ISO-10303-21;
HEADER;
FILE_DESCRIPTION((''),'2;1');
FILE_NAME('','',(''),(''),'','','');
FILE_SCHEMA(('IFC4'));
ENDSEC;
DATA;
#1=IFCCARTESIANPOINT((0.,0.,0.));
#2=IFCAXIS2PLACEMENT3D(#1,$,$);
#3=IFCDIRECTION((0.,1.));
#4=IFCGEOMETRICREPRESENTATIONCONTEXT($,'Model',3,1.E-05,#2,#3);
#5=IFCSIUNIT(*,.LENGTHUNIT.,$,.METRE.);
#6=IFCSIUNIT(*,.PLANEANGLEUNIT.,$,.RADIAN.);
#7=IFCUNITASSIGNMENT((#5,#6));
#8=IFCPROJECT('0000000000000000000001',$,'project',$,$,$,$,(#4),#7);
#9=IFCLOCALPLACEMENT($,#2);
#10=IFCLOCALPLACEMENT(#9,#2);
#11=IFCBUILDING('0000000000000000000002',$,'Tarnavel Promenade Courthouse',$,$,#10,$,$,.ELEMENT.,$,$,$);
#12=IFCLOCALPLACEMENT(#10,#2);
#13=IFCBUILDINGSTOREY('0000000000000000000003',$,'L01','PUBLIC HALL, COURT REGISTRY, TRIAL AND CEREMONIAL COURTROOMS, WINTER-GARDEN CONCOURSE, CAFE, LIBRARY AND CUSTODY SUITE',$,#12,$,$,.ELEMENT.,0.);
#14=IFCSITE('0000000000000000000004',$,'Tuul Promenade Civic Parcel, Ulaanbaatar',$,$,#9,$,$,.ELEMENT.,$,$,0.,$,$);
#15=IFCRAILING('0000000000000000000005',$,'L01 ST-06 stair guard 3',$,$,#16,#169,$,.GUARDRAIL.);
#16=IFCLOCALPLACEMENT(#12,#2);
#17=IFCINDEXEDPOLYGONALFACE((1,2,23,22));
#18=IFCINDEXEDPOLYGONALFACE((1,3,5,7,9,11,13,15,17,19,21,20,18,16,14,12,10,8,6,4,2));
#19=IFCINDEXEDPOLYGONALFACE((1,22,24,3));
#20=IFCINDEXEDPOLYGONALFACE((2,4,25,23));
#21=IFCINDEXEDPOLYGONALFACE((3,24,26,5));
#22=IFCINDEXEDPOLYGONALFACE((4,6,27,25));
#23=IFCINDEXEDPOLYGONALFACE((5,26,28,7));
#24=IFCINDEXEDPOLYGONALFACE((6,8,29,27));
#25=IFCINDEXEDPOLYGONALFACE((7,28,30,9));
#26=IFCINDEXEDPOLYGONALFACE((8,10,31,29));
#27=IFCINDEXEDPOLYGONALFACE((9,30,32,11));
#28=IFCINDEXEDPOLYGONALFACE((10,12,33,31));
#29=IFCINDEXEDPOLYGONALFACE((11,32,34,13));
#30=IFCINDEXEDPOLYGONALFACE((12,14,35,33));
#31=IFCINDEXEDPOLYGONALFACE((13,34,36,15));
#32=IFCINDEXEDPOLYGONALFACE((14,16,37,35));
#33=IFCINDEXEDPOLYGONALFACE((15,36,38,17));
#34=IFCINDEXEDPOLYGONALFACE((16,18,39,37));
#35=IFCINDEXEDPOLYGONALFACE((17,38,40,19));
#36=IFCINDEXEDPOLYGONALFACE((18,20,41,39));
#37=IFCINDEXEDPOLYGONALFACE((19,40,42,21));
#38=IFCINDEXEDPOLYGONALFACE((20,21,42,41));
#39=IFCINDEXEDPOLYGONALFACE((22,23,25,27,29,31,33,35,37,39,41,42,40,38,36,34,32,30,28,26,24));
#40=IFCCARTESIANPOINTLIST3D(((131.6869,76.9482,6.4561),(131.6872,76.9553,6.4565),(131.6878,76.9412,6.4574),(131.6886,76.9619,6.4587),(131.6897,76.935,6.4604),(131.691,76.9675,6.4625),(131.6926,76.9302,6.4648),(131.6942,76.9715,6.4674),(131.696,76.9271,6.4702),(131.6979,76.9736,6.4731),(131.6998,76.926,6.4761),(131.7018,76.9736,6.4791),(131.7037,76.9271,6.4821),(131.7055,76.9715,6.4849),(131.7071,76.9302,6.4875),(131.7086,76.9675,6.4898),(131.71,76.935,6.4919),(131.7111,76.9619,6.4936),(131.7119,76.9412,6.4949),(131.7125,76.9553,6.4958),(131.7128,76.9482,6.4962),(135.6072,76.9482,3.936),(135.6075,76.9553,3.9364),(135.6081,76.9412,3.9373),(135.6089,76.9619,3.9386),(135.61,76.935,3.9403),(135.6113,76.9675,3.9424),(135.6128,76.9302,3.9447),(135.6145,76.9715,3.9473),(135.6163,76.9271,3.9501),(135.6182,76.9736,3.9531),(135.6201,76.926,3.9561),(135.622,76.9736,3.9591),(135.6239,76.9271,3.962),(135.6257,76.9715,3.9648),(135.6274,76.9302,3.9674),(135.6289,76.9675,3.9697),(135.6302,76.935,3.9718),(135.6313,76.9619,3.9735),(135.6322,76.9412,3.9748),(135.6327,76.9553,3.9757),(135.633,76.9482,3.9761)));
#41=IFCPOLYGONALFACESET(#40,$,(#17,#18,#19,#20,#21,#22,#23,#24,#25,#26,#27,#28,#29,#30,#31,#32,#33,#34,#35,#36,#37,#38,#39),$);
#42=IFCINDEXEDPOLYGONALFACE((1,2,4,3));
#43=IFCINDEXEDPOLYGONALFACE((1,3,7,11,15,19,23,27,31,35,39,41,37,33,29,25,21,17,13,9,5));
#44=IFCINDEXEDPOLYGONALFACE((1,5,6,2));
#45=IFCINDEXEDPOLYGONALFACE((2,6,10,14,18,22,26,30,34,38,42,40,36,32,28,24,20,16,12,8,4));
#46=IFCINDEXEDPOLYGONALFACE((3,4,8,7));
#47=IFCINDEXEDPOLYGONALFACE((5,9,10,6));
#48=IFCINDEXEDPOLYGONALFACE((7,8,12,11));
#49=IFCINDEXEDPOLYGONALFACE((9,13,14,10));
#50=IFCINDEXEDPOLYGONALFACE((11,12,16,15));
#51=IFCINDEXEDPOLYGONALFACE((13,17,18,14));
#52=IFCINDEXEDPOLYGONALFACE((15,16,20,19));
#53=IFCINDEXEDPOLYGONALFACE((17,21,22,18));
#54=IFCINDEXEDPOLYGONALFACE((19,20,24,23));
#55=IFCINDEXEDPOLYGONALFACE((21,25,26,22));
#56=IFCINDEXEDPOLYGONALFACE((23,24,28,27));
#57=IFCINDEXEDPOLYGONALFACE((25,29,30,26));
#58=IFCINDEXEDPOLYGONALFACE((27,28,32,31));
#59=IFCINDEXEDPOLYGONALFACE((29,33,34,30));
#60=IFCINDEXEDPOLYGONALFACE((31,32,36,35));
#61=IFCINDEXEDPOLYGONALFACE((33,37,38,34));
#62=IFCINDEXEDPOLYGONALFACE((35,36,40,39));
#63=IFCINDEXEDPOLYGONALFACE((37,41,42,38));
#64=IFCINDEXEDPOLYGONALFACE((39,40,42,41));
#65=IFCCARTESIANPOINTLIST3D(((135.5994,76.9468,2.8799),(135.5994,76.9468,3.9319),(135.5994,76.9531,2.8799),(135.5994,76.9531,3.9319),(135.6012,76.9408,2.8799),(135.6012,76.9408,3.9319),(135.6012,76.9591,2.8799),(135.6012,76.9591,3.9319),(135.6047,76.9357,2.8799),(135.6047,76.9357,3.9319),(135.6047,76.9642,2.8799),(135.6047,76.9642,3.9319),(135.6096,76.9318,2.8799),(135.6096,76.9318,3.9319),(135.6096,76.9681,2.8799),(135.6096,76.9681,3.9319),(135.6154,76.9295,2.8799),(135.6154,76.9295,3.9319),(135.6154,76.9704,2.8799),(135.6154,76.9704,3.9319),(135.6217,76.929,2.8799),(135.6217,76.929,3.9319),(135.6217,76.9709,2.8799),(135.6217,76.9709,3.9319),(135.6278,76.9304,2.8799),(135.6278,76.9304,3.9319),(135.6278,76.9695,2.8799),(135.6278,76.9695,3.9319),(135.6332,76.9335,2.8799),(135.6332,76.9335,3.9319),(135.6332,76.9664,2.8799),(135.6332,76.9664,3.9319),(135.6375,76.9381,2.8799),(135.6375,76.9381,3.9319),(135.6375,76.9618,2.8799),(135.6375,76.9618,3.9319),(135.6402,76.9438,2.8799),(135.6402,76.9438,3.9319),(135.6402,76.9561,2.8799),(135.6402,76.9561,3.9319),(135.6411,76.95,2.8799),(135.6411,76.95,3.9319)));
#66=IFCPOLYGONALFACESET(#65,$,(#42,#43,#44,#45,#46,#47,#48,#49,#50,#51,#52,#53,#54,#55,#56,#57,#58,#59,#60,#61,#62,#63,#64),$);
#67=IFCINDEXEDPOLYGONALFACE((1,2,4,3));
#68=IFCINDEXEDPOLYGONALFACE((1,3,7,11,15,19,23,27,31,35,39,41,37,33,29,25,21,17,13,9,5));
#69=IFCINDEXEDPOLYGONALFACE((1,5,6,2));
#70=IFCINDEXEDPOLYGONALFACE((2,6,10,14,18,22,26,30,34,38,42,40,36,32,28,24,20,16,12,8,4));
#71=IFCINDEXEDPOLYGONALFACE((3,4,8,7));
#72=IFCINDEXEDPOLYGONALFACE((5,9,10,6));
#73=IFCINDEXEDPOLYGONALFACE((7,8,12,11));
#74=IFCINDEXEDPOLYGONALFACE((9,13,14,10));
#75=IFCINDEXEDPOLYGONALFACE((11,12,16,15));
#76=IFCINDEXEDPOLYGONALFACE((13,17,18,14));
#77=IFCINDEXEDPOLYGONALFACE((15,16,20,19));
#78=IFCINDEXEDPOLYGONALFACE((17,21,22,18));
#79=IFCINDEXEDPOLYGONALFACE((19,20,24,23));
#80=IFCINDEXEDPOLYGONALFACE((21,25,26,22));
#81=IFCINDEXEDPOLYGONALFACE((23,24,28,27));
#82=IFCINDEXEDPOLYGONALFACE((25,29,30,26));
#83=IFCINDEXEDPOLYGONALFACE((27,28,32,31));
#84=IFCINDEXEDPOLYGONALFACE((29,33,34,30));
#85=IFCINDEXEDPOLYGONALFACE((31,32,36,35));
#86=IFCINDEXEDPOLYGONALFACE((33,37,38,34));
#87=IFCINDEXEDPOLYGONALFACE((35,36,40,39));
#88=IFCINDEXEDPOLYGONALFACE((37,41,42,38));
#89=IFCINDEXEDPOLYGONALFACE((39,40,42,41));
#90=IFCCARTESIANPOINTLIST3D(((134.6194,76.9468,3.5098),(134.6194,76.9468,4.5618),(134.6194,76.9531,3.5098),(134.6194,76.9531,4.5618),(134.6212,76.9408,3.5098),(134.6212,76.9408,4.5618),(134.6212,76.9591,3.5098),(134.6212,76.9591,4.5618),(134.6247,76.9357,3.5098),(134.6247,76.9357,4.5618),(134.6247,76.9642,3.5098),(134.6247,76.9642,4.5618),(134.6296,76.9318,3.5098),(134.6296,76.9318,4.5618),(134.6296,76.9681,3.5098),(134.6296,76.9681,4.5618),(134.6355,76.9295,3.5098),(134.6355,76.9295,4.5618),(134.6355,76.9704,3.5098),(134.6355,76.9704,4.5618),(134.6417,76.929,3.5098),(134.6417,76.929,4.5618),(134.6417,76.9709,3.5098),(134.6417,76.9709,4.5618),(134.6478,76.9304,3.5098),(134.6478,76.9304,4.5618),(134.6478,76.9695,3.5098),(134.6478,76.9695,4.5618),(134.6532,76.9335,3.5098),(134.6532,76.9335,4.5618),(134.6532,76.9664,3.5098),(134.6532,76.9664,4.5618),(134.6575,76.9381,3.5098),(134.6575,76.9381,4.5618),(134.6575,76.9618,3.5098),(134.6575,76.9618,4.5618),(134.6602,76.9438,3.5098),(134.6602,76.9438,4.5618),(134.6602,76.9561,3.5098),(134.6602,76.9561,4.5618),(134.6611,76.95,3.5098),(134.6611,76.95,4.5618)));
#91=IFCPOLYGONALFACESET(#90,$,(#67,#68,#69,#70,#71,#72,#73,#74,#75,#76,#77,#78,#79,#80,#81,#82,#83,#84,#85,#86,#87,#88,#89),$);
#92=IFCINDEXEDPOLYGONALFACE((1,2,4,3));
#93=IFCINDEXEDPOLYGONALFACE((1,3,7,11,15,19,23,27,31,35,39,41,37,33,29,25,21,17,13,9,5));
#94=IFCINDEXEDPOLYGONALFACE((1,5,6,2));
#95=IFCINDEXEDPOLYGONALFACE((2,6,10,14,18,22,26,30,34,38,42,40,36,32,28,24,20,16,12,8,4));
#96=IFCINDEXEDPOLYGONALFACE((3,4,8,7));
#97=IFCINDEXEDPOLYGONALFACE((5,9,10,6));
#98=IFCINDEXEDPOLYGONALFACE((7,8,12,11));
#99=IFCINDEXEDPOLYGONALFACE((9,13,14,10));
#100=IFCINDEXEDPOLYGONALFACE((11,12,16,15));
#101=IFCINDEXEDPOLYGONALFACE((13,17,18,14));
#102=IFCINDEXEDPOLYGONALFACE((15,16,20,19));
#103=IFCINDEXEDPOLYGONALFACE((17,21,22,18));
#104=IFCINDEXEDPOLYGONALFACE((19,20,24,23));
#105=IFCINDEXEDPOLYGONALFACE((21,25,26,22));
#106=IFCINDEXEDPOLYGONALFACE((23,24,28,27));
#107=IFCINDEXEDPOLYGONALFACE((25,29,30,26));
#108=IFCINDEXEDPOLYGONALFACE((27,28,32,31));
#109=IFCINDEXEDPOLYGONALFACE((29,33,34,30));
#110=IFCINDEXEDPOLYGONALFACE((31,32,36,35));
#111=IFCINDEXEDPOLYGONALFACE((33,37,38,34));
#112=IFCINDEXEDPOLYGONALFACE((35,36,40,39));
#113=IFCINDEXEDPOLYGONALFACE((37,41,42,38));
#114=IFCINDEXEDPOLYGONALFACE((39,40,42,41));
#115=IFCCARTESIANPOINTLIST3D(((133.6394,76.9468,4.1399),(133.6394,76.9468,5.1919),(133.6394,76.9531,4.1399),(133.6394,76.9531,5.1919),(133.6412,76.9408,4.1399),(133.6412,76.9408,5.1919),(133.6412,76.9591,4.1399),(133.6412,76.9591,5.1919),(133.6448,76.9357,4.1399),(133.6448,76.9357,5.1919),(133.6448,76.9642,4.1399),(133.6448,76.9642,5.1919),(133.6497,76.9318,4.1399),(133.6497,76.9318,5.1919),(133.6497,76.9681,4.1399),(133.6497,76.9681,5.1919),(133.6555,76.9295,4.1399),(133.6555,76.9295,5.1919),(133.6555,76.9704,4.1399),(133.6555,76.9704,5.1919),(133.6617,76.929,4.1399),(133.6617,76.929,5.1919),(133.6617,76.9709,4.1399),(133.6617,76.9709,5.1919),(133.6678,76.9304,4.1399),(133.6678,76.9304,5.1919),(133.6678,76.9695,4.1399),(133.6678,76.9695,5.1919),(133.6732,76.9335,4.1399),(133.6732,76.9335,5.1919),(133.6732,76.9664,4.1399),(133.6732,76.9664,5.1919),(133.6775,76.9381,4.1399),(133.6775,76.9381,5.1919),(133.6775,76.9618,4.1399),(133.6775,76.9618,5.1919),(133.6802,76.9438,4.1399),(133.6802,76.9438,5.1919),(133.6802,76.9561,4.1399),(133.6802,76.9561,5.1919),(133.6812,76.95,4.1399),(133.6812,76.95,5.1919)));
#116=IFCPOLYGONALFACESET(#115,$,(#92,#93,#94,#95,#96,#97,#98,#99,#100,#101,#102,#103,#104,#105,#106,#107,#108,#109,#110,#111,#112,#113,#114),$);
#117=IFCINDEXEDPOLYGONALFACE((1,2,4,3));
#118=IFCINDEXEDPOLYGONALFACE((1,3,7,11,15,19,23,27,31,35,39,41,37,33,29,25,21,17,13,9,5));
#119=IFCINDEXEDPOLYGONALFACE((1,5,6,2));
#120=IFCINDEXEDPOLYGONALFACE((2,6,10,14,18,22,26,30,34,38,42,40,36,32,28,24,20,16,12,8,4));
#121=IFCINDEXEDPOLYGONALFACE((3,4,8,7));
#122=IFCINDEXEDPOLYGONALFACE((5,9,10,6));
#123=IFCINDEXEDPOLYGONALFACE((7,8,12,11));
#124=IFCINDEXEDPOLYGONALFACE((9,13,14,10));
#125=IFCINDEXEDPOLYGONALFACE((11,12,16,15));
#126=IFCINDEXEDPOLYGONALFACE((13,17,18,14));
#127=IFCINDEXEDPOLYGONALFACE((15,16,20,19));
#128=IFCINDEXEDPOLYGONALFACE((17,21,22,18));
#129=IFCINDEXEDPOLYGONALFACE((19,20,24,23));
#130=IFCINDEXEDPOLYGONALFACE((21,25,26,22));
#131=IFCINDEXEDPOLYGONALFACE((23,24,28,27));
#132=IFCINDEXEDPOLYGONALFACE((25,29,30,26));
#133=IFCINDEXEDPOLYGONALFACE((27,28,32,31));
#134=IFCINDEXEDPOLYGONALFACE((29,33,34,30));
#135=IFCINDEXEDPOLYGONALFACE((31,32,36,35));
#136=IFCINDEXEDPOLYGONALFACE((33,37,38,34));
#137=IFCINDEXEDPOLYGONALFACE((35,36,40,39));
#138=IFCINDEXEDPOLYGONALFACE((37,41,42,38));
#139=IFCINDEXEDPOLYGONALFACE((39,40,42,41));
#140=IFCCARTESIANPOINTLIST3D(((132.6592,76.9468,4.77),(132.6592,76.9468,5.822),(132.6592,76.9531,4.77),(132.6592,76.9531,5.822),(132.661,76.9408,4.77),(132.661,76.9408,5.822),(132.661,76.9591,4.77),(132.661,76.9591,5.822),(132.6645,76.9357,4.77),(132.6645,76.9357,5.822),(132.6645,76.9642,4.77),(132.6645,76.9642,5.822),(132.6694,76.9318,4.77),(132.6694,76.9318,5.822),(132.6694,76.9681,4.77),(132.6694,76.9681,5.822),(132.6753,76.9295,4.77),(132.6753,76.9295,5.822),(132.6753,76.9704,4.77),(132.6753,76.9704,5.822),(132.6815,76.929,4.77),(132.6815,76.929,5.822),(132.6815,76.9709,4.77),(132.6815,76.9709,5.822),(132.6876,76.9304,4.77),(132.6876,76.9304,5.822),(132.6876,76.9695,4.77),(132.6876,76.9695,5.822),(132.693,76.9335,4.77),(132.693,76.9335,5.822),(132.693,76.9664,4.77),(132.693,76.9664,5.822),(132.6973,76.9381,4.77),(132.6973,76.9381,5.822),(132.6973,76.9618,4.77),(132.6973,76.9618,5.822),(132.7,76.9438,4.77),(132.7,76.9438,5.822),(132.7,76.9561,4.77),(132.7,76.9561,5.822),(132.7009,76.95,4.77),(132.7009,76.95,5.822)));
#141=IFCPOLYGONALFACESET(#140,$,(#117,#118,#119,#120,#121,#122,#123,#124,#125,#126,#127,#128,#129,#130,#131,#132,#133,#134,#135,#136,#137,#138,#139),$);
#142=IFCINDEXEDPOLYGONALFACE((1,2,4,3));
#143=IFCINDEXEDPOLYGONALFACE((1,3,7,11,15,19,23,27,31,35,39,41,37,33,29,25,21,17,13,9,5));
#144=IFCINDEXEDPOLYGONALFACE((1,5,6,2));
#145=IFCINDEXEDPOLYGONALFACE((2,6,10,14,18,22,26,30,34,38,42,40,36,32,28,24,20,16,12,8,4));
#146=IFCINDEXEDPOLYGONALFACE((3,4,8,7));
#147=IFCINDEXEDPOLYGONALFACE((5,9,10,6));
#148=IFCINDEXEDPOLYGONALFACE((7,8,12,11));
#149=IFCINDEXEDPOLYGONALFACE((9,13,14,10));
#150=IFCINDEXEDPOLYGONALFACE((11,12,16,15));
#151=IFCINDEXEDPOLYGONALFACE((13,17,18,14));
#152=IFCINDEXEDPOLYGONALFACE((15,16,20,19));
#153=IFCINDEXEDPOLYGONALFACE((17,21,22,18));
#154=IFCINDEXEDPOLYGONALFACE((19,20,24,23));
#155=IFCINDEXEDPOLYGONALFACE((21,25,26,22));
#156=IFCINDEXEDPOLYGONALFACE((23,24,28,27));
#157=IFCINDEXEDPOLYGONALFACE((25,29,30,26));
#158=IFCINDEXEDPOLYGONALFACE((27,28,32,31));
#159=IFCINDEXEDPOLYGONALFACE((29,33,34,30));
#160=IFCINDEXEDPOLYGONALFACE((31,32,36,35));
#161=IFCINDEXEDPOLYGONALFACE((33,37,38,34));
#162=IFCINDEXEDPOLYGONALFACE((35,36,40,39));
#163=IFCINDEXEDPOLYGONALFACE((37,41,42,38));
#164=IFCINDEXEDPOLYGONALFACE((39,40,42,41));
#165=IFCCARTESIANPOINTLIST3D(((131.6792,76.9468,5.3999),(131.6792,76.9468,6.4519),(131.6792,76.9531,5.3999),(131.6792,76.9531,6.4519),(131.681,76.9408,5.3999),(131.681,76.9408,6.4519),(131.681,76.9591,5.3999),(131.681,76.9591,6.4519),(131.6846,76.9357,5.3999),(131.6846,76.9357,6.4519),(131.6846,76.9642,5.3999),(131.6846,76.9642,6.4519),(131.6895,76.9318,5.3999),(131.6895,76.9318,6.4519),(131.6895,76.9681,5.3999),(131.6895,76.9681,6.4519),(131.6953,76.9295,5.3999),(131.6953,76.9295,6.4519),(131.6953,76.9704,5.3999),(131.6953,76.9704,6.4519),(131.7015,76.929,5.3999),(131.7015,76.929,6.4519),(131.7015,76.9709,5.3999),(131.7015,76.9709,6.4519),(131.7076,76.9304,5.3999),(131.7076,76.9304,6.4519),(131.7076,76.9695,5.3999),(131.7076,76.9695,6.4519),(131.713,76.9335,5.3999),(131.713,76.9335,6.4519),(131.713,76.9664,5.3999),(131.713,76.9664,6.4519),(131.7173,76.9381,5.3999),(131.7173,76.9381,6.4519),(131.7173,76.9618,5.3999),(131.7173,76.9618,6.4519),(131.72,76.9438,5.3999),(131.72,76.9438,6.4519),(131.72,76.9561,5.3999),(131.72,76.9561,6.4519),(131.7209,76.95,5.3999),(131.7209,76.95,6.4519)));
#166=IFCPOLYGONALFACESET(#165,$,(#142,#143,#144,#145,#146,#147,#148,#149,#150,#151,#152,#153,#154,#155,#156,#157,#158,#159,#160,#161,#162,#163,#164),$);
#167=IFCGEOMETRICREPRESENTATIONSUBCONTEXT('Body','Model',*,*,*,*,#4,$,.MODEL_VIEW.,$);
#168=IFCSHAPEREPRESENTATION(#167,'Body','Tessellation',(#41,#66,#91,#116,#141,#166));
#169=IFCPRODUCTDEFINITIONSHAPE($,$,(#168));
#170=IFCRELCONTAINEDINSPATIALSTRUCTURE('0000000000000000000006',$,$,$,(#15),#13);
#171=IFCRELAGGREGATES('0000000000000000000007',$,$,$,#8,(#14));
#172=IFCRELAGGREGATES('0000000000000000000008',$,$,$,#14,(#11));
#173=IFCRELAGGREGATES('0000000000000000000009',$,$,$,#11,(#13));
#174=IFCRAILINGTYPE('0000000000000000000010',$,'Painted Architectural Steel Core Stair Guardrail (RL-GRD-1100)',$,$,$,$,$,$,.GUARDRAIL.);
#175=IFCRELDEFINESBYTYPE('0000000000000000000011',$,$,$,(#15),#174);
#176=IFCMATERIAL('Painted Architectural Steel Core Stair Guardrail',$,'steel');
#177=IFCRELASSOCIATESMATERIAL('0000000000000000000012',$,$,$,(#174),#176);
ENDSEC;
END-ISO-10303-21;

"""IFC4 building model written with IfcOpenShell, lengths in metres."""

from ifc_helpers import new_model, si_unit, direction, frame, origin, origin_2d, place, context, subcontext, project, spatial, circle, extrude, material, type_object, element, save


model = new_model("IFC4")

# Units and contexts
model_context = context("Model", 3, precision=1e-05, world=origin(), true_north=direction((0.0, 1.0)))
body_context = subcontext(model_context, "Body", "Model", "MODEL_VIEW")
ifc_project = project(units=[si_unit("LENGTHUNIT", "METRE"), si_unit("PLANEANGLEUNIT", "RADIAN")], contexts=[model_context])

# Site, building, storey
site_placement = place(None, origin())
site = spatial("IfcSite", under=ifc_project, at=site_placement, Name="Tuul Promenade Civic Parcel, Ulaanbaatar", CompositionType="ELEMENT", RefElevation=0.0)
building_placement = place(site_placement, origin())
building = spatial("IfcBuilding", under=site, at=building_placement, Name="Tarnavel Promenade Courthouse", CompositionType="ELEMENT")
storey_placement = place(building_placement, origin())
storey = spatial("IfcBuildingStorey", under=building, at=storey_placement, Name="L01", Description="PUBLIC HALL, COURT REGISTRY, TRIAL AND CEREMONIAL COURTROOMS, WINTER-GARDEN CONCOURSE, CAFE, LIBRARY AND CUSTODY SUITE", CompositionType="ELEMENT", Elevation=0.0)

# Railing
ifc_material_1 = material(Name="Painted Architectural Steel Core Stair Guardrail", Category="steel")
railing_type_1 = type_object("IfcRailingType", Name="Painted Architectural Steel Core Stair Guardrail (RL-GRD-1100)", PredefinedType="GUARDRAIL", material=ifc_material_1)
railing_1_placement = place(storey_placement, frame((135.6201, 76.95, 2.8799)))
element("IfcRailing", 1, at=railing_1_placement, inside=storey, type_object=railing_type_1, Name="L01 ST-06 stair guard 3", PredefinedType="GUARDRAIL", context=body_context, shape_type="SweptSolid", body=[
    extrude(circle(Radius=0.0239, at=origin_2d()), frame((0.0, 0.0, 1.0762), z_axis=(-0.841187, 0.0, 0.540744), x_axis=(0.0, -1.0, 0.0)), (0.0, 0.0, 1.0), 4.6604),
    extrude(circle(Radius=0.021, at=origin_2d()), origin(), (0.0, 0.0, 1.0), 1.052),
    extrude(circle(Radius=0.021, at=origin_2d()), frame((-0.98, 0.0, 0.6299)), (0.0, 0.0, 1.0), 1.052),
    extrude(circle(Radius=0.021, at=origin_2d()), frame((-1.96, 0.0, 1.26)), (0.0, 0.0, 1.0), 1.052),
    extrude(circle(Radius=0.021, at=origin_2d()), frame((-2.9402, 0.0, 1.8901)), (0.0, 0.0, 1.0), 1.052),
    extrude(circle(Radius=0.021, at=origin_2d()), frame((-3.9202, 0.0, 2.52)), (0.0, 0.0, 1.0), 1.052),
])

save(model, "model.ifc")
